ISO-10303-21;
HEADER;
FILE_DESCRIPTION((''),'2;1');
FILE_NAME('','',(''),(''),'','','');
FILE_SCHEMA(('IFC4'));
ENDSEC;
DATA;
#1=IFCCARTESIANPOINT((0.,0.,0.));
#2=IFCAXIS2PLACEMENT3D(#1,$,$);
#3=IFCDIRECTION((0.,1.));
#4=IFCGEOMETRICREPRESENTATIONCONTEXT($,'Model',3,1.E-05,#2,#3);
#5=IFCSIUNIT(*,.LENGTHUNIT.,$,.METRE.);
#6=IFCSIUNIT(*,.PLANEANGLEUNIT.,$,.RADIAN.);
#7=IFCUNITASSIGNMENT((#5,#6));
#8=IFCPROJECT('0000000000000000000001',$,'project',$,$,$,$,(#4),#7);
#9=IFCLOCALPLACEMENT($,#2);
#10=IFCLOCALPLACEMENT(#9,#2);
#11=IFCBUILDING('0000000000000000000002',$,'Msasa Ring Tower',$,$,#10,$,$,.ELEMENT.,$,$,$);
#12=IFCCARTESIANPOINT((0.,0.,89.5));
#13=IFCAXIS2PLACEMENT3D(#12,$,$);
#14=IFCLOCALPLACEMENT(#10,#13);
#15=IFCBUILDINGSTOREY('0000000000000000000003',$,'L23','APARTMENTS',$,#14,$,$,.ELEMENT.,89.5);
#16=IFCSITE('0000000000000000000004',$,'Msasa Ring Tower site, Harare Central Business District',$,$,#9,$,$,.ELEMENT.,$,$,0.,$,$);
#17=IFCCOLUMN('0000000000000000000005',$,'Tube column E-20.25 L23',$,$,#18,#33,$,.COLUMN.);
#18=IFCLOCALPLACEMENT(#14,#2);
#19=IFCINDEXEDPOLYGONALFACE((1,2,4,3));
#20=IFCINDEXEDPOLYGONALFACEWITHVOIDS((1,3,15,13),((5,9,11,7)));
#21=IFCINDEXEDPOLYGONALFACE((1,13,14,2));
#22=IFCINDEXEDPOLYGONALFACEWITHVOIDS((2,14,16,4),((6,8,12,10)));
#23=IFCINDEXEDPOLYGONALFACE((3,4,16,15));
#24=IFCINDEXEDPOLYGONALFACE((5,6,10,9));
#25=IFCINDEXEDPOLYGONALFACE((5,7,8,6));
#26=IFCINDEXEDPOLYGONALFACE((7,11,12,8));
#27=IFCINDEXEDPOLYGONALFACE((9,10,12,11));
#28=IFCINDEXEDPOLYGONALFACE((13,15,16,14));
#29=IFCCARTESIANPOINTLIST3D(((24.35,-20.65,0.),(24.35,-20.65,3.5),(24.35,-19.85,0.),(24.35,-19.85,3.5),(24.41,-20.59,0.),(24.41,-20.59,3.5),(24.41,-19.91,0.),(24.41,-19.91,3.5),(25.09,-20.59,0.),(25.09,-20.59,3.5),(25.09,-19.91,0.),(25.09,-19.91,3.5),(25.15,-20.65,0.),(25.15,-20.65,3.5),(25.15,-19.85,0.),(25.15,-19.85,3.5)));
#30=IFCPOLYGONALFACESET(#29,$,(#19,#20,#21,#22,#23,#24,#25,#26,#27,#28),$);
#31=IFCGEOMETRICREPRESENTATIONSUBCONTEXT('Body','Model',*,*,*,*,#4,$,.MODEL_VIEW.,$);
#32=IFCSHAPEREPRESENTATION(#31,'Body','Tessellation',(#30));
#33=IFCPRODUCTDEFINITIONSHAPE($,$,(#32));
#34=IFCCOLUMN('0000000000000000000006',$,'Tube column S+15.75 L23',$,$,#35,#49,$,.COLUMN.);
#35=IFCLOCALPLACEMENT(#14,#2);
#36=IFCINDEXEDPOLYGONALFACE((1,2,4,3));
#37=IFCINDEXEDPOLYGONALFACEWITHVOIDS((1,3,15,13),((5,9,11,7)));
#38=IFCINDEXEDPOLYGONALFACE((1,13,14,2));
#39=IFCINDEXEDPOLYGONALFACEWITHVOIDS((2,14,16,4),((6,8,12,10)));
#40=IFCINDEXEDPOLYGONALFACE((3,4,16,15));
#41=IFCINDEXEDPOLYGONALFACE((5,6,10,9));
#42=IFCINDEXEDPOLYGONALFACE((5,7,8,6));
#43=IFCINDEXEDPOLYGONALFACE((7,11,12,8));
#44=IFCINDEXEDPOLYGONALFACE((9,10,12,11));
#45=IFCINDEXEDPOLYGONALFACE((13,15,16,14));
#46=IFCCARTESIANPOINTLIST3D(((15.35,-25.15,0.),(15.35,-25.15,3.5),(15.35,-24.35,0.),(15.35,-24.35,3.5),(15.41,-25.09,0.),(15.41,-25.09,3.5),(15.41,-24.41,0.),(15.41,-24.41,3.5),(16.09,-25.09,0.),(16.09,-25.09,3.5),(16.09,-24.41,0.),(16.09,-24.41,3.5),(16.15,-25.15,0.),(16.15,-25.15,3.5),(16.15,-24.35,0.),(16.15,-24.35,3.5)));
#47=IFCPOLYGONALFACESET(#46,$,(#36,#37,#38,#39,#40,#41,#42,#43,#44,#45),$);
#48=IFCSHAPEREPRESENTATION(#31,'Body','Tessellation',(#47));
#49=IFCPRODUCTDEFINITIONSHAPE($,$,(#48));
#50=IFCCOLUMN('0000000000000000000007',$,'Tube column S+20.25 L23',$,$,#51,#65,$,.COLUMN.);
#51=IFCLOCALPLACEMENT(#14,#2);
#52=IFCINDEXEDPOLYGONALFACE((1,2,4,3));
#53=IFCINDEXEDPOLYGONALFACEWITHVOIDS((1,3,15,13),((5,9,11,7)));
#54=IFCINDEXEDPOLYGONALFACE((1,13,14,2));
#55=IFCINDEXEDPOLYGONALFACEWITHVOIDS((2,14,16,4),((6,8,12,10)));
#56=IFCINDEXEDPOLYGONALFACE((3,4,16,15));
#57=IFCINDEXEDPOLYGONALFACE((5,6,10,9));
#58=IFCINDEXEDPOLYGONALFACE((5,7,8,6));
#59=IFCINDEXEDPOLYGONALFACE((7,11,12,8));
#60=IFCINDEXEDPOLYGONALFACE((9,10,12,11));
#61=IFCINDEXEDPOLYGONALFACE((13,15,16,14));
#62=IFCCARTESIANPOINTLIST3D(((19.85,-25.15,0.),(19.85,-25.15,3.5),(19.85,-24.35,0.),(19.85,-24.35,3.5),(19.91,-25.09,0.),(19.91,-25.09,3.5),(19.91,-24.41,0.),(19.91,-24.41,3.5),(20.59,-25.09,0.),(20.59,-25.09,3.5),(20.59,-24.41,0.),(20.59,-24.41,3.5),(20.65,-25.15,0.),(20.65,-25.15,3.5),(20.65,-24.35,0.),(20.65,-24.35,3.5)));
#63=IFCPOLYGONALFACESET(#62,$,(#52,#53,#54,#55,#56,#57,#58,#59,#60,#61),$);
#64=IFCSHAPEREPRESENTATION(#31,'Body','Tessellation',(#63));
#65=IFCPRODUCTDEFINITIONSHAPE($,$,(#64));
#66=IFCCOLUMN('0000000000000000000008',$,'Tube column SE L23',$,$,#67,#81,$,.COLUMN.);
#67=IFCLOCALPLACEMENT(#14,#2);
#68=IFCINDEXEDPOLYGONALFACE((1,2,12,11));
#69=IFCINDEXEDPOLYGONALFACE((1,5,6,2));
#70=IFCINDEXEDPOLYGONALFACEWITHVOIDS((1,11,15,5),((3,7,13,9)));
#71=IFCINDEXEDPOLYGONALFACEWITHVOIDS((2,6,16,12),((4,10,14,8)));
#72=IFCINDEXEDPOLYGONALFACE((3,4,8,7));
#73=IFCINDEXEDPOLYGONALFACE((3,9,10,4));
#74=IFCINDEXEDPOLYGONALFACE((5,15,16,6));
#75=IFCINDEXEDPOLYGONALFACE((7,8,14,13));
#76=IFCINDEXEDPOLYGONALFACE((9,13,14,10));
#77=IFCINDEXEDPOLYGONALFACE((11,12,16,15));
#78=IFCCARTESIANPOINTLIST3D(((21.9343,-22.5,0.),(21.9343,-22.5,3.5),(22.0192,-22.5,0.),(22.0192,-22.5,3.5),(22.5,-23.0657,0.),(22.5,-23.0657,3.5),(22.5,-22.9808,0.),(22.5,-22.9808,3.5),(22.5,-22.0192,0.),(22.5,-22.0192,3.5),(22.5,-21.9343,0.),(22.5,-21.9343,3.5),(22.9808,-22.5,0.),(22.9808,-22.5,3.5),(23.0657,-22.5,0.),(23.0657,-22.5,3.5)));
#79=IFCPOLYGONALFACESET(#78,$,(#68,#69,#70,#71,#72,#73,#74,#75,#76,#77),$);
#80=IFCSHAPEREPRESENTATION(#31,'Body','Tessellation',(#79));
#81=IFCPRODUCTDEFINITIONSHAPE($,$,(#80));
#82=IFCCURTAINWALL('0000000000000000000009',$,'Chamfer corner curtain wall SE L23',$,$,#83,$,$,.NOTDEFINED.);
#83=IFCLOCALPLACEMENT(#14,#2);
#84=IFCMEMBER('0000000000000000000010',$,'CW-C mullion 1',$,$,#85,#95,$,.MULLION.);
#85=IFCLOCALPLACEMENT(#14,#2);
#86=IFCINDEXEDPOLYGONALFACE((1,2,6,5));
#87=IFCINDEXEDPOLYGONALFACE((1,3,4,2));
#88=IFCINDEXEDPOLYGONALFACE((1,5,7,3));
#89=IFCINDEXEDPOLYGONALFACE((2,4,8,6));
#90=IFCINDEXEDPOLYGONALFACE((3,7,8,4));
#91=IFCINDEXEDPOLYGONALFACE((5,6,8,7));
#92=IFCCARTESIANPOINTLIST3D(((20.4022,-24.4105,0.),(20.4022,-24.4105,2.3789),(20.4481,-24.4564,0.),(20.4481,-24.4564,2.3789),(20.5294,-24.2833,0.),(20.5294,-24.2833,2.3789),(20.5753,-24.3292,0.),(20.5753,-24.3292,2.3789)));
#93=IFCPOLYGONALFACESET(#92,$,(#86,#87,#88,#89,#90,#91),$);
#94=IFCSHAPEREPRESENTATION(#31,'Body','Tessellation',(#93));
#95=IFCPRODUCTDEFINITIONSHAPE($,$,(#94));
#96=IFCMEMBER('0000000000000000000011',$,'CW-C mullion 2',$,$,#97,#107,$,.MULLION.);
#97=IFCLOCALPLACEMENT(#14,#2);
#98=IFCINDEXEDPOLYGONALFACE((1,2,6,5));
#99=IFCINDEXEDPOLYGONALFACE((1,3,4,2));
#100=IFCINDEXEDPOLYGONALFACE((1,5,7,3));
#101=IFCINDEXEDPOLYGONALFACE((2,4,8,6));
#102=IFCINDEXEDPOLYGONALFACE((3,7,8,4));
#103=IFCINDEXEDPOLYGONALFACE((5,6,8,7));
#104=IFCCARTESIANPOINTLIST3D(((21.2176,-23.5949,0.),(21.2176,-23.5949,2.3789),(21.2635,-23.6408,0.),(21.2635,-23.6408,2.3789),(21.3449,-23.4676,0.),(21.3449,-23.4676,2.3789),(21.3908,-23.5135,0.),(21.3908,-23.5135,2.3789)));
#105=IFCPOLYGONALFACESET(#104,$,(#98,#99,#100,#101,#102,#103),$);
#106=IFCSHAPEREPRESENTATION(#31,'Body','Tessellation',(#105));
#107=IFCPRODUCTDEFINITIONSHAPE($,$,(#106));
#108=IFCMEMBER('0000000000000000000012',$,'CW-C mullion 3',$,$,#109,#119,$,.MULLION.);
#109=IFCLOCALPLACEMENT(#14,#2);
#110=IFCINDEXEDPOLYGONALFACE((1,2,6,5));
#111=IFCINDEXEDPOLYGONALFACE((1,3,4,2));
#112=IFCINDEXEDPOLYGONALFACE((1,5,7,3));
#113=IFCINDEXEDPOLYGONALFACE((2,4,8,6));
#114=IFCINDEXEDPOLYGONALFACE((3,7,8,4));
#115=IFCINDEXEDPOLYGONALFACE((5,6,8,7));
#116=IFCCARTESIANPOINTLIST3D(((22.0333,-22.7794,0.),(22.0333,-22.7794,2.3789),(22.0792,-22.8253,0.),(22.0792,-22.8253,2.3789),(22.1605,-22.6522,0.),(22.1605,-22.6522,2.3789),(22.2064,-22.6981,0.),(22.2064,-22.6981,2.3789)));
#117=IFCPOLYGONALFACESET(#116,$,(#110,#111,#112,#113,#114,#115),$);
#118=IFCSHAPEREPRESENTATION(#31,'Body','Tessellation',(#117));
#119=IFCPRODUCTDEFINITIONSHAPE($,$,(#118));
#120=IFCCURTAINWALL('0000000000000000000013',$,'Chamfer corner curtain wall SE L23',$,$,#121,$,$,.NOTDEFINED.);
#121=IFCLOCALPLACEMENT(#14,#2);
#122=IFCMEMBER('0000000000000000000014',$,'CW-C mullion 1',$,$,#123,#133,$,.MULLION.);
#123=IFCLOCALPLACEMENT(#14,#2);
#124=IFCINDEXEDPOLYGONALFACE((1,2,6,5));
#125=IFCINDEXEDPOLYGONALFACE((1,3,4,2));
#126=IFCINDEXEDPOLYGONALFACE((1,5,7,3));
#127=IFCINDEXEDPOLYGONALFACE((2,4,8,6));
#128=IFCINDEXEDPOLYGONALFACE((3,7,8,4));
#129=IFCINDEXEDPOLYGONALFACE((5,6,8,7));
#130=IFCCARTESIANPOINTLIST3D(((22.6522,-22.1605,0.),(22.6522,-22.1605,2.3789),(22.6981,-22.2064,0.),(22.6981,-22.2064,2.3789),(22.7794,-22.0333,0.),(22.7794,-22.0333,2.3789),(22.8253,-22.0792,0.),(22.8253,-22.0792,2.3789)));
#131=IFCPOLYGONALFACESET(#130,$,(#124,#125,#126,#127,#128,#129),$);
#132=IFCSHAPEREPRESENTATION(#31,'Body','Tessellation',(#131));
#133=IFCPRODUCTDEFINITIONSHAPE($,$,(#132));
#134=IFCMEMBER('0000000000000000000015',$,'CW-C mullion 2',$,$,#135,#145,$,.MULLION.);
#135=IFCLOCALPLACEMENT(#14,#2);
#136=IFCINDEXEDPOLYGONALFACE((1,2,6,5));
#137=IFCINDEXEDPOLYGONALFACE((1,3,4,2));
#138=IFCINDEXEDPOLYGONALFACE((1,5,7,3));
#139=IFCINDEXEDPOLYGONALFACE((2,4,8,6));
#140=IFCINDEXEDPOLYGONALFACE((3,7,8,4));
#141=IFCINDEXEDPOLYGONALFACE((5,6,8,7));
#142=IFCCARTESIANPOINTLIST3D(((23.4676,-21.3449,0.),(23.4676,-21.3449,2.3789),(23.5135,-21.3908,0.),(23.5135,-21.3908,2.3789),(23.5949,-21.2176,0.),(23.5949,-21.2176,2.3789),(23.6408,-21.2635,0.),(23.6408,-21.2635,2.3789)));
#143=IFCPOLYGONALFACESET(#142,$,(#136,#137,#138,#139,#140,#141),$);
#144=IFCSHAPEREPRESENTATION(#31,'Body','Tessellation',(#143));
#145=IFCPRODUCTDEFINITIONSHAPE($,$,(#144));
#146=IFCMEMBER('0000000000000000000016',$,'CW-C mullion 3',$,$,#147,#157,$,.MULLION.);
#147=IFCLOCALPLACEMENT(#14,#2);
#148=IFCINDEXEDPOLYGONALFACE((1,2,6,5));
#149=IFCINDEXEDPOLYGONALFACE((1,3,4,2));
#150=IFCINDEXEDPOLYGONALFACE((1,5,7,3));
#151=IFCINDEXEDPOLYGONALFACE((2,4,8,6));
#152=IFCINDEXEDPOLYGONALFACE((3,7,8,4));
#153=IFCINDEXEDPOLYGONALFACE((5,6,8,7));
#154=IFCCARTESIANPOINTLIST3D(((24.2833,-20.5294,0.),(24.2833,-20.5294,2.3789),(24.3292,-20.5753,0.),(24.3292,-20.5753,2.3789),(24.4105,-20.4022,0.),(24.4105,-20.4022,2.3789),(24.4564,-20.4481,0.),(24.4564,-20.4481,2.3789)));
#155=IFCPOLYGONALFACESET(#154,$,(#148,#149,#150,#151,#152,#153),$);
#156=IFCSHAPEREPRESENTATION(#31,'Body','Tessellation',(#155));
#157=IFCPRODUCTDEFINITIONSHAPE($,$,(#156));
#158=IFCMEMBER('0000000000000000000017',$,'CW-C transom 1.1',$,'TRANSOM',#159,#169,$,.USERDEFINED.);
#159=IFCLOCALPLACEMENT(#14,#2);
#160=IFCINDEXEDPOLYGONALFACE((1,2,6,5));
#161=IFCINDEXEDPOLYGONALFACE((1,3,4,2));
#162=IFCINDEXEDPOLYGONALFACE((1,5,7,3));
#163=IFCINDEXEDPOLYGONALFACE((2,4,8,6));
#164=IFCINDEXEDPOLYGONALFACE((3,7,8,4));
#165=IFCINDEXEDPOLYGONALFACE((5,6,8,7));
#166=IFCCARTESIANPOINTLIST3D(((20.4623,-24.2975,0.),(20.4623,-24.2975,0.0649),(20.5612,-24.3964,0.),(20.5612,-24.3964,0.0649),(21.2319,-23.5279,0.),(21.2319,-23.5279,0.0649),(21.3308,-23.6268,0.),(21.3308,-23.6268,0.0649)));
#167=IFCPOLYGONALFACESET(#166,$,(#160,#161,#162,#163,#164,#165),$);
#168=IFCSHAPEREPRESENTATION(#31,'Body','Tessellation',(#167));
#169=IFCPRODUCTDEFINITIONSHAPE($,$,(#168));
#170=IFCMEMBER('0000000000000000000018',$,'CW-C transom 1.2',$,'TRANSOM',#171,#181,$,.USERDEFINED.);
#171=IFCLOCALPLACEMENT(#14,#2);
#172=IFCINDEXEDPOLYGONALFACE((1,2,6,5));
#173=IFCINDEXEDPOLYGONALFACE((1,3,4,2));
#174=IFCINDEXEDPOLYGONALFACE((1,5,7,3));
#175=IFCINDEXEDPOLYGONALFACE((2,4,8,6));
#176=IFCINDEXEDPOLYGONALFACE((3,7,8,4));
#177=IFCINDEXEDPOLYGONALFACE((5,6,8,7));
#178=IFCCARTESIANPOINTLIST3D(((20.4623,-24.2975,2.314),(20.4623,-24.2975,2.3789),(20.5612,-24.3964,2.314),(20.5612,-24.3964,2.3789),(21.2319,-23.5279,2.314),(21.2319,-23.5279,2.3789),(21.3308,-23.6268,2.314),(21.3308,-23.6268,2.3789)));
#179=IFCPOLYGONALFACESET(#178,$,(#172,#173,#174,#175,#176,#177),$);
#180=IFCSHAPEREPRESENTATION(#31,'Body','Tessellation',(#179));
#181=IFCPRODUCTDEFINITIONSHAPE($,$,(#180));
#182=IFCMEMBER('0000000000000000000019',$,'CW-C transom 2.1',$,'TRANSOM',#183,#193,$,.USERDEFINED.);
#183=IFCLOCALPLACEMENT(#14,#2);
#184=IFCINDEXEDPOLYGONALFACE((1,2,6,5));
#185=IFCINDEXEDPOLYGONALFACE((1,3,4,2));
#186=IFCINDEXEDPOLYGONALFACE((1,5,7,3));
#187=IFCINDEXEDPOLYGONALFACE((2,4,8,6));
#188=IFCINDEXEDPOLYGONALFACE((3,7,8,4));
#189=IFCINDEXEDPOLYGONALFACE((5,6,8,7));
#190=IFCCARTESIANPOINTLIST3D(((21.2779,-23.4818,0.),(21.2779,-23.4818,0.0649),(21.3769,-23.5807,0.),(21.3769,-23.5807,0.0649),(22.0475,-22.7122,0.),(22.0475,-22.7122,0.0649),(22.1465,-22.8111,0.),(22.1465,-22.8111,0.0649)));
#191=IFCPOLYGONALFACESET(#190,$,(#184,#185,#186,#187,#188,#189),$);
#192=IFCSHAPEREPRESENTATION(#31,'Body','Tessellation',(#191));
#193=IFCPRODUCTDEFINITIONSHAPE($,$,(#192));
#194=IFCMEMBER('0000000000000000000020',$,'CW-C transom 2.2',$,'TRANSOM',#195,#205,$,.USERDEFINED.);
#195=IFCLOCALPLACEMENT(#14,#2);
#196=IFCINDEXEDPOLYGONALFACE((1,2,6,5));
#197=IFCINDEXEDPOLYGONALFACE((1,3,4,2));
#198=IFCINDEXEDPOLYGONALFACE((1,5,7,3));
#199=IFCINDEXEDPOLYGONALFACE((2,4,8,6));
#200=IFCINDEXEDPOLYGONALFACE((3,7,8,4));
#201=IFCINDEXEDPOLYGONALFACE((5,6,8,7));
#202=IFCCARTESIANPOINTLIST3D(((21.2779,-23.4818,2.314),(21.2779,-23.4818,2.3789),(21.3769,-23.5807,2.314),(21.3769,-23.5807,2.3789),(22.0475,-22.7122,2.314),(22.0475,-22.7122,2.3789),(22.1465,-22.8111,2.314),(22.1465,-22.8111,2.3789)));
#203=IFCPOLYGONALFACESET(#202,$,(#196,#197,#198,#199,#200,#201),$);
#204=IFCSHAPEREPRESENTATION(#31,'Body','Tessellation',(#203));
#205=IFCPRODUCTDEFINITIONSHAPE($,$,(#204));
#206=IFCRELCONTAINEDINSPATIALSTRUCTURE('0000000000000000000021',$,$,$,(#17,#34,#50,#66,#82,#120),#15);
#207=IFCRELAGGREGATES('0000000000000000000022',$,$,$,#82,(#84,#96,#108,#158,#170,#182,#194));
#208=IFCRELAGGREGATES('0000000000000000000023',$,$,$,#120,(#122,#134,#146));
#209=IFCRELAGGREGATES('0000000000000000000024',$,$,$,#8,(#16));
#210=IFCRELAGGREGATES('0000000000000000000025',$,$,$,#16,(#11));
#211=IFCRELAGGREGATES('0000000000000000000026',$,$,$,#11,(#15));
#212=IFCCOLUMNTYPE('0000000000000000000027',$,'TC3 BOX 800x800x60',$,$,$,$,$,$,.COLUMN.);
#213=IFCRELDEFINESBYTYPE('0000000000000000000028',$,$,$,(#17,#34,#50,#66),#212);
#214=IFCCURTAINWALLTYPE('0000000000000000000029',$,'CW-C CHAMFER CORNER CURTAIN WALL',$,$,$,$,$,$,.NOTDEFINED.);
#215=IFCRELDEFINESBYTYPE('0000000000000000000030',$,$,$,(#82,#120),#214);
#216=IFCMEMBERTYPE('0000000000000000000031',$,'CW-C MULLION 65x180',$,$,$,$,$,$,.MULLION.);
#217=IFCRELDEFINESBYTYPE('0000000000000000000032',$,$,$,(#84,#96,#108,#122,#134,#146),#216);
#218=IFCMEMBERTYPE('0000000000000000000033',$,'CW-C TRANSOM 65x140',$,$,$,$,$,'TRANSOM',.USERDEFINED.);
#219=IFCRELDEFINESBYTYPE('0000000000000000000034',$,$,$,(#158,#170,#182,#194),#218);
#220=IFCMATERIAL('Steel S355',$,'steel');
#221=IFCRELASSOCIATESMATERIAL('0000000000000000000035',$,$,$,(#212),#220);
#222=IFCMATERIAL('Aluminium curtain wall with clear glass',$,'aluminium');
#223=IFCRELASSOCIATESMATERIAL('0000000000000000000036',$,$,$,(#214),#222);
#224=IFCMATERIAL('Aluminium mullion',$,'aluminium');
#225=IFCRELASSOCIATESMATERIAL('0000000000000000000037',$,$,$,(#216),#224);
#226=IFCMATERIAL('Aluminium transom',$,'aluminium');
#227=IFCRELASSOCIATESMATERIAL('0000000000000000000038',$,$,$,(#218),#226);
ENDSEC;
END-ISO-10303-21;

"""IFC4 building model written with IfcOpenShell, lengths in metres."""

from ifc_helpers import new_model, si_unit, direction, frame, origin, origin_2d, place, context, subcontext, project, spatial, rectangle, hollow_rectangle, extrude, material, material_profile, profile_set, type_object, element, aggregate, save


model = new_model("IFC4")

# Units and contexts
model_context = context("Model", 3, precision=1e-05, world=origin(), true_north=direction((0.0, 1.0)))
body_context = subcontext(model_context, "Body", "Model", "MODEL_VIEW")
ifc_project = project(units=[si_unit("LENGTHUNIT", "METRE"), si_unit("PLANEANGLEUNIT", "RADIAN")], contexts=[model_context])

# Site, building, storey
site_placement = place(None, origin())
site = spatial("IfcSite", under=ifc_project, at=site_placement, Name="Msasa Ring Tower site, Harare Central Business District", CompositionType="ELEMENT", RefElevation=0.0)
building_placement = place(site_placement, origin())
building = spatial("IfcBuilding", under=site, at=building_placement, Name="Msasa Ring Tower", CompositionType="ELEMENT")
storey_placement = place(building_placement, frame((0.0, 0.0, 89.5)))
storey = spatial("IfcBuildingStorey", under=building, at=storey_placement, Name="L23", Description="APARTMENTS", CompositionType="ELEMENT", Elevation=89.5)

# Columns
ifc_material_1 = material(Name="Steel S355", Category="steel")
ifc_material_profile_1 = material_profile(ifc_material_1, hollow_rectangle(XDim=0.8, YDim=0.8, WallThickness=0.0601, at=origin_2d()), Name="BOX 800x800x60")
ifc_profile_set_1 = profile_set([ifc_material_profile_1], Name="Steel S355")
column_type = type_object("IfcColumnType", Name="TC3 BOX 800x800x60", PredefinedType="COLUMN", material=ifc_profile_set_1)
for number, where, z_axis, x_axis, name in (
    (1, (24.75, -20.25, 0.0), (0.0, 0.0, 1.0), (1.0, 0.0, 0.0), "Tube column E-20.25 L23"),
    (2, (15.75, -24.75, 0.0), (0.0, 0.0, 1.0), (0.0, 1.0, 0.0), "Tube column S+15.75 L23"),
    (3, (20.25, -24.75, 0.0), (0.0, 0.0, 1.0), (0.0, 1.0, 0.0), "Tube column S+20.25 L23"),
    (4, (22.5, -22.5, 0.0), (0.0, 0.0, 1.0), (0.707107, -0.707107, 0.0), "Tube column SE L23"),
):
    element("IfcColumn", number, at=place(storey_placement, frame(where, z_axis=z_axis, x_axis=x_axis)), inside=storey, type_object=column_type, Name=name, PredefinedType="COLUMN", context=body_context, shape_type="SweptSolid", body=[
        extrude(hollow_rectangle(XDim=0.8, YDim=0.8, WallThickness=0.0601, at=origin_2d()), origin(), (0.0, 0.0, 1.0), 3.5),
    ])

# Curtain walls, members
ifc_material_2 = material(Name="Aluminium curtain wall with clear glass", Category="aluminium")
curtain_wall_type = type_object("IfcCurtainWallType", Name="CW-C CHAMFER CORNER CURTAIN WALL", PredefinedType="NOTDEFINED", material=ifc_material_2)
curtain_wall_1_placement = place(storey_placement, origin())
curtain_wall_1 = element("IfcCurtainWall", 5, at=curtain_wall_1_placement, inside=storey, type_object=curtain_wall_type, Name="Chamfer corner curtain wall SE L23", PredefinedType="NOTDEFINED")
ifc_material_3 = material(Name="Aluminium mullion", Category="aluminium")
ifc_material_profile_2 = material_profile(ifc_material_3, rectangle(XDim=0.0649, YDim=0.1799, at=origin_2d()), Name="AL 65x180")
ifc_profile_set_2 = profile_set([ifc_material_profile_2], Name="Aluminium mullion")
member_type_1 = type_object("IfcMemberType", Name="CW-C MULLION 65x180", PredefinedType="MULLION", material=ifc_profile_set_2)
member_1_placement = place(storey_placement, frame((20.4888, -24.3699, 0.0), z_axis=(0.0, 0.0, 1.0), x_axis=(-0.707107, 0.707107, 0.0)))
member_1 = element("IfcMember", 6, at=member_1_placement, type_object=member_type_1, Name="CW-C mullion 1", PredefinedType="MULLION", context=body_context, shape_type="SweptSolid", body=[
    extrude(rectangle(XDim=0.0649, YDim=0.1799, at=origin_2d()), origin(), (0.0, 0.0, 1.0), 2.3789),
])
member_2_placement = place(storey_placement, frame((21.3042, -23.5542, 0.0), z_axis=(0.0, 0.0, 1.0), x_axis=(-0.707107, 0.707107, 0.0)))
member_2 = element("IfcMember", 7, at=member_2_placement, type_object=member_type_1, Name="CW-C mullion 2", PredefinedType="MULLION", context=body_context, shape_type="SweptSolid", body=[
    extrude(rectangle(XDim=0.0649, YDim=0.1799, at=origin_2d()), origin(), (0.0, 0.0, 1.0), 2.3789),
])
member_3_placement = place(storey_placement, frame((22.1199, -22.7388, 0.0), z_axis=(0.0, 0.0, 1.0), x_axis=(-0.707107, 0.707107, 0.0)))
member_3 = element("IfcMember", 8, at=member_3_placement, type_object=member_type_1, Name="CW-C mullion 3", PredefinedType="MULLION", context=body_context, shape_type="SweptSolid", body=[
    extrude(rectangle(XDim=0.0649, YDim=0.1799, at=origin_2d()), origin(), (0.0, 0.0, 1.0), 2.3789),
])
curtain_wall_2_placement = place(storey_placement, origin())
curtain_wall_2 = element("IfcCurtainWall", 9, at=curtain_wall_2_placement, inside=storey, type_object=curtain_wall_type, Name="Chamfer corner curtain wall SE L23", PredefinedType="NOTDEFINED")
member_4_placement = place(storey_placement, frame((22.7388, -22.1199, 0.0), z_axis=(0.0, 0.0, 1.0), x_axis=(-0.707107, 0.707107, 0.0)))
member_4 = element("IfcMember", 10, at=member_4_placement, type_object=member_type_1, Name="CW-C mullion 1", PredefinedType="MULLION", context=body_context, shape_type="SweptSolid", body=[
    extrude(rectangle(XDim=0.0649, YDim=0.1799, at=origin_2d()), origin(), (0.0, 0.0, 1.0), 2.3789),
])
member_5_placement = place(storey_placement, frame((23.5542, -21.3042, 0.0), z_axis=(0.0, 0.0, 1.0), x_axis=(-0.707107, 0.707107, 0.0)))
member_5 = element("IfcMember", 11, at=member_5_placement, type_object=member_type_1, Name="CW-C mullion 2", PredefinedType="MULLION", context=body_context, shape_type="SweptSolid", body=[
    extrude(rectangle(XDim=0.0649, YDim=0.1799, at=origin_2d()), origin(), (0.0, 0.0, 1.0), 2.3789),
])
member_6_placement = place(storey_placement, frame((24.3699, -20.4888, 0.0), z_axis=(0.0, 0.0, 1.0), x_axis=(-0.707107, 0.707107, 0.0)))
member_6 = element("IfcMember", 12, at=member_6_placement, type_object=member_type_1, Name="CW-C mullion 3", PredefinedType="MULLION", context=body_context, shape_type="SweptSolid", body=[
    extrude(rectangle(XDim=0.0649, YDim=0.1799, at=origin_2d()), origin(), (0.0, 0.0, 1.0), 2.3789),
])

# Members
ifc_material_4 = material(Name="Aluminium transom", Category="aluminium")
ifc_material_profile_3 = material_profile(ifc_material_4, rectangle(XDim=0.1399, YDim=0.0649, at=origin_2d()), Name="AL 65x140")
ifc_profile_set_3 = profile_set([ifc_material_profile_3], Name="Aluminium transom")
member_type_2 = type_object("IfcMemberType", Name="CW-C TRANSOM 65x140", ElementType="TRANSOM", PredefinedType="USERDEFINED", material=ifc_profile_set_3)
member_7_placement = place(storey_placement, frame((20.5117, -24.3469, 0.0325), z_axis=(0.707107, 0.707107, 0.0), x_axis=(-0.707107, 0.707107, 0.0)))
member_7 = element("IfcMember", 13, at=member_7_placement, type_object=member_type_2, Name="CW-C transom 1.1", ObjectType="TRANSOM", PredefinedType="USERDEFINED", context=body_context, shape_type="SweptSolid", body=[
    extrude(rectangle(XDim=0.1399, YDim=0.0649, at=origin_2d()), origin(), (0.0, 0.0, 1.0), 1.0884),
])
member_8_placement = place(storey_placement, frame((20.5117, -24.3469, 2.3464), z_axis=(0.707107, 0.707107, 0.0), x_axis=(-0.707107, 0.707107, 0.0)))
member_8 = element("IfcMember", 14, at=member_8_placement, type_object=member_type_2, Name="CW-C transom 1.2", ObjectType="TRANSOM", PredefinedType="USERDEFINED", context=body_context, shape_type="SweptSolid", body=[
    extrude(rectangle(XDim=0.1399, YDim=0.0649, at=origin_2d()), origin(), (0.0, 0.0, 1.0), 1.0884),
])
member_9_placement = place(storey_placement, frame((21.3274, -23.5312, 0.0325), z_axis=(0.707107, 0.707107, 0.0), x_axis=(-0.707107, 0.707107, 0.0)))
member_9 = element("IfcMember", 15, at=member_9_placement, type_object=member_type_2, Name="CW-C transom 2.1", ObjectType="TRANSOM", PredefinedType="USERDEFINED", context=body_context, shape_type="SweptSolid", body=[
    extrude(rectangle(XDim=0.1399, YDim=0.0649, at=origin_2d()), origin(), (0.0, 0.0, 1.0), 1.0884),
])
member_10_placement = place(storey_placement, frame((21.3274, -23.5312, 2.3464), z_axis=(0.707107, 0.707107, 0.0), x_axis=(-0.707107, 0.707107, 0.0)))
member_10 = element("IfcMember", 16, at=member_10_placement, type_object=member_type_2, Name="CW-C transom 2.2", ObjectType="TRANSOM", PredefinedType="USERDEFINED", context=body_context, shape_type="SweptSolid", body=[
    extrude(rectangle(XDim=0.1399, YDim=0.0649, at=origin_2d()), origin(), (0.0, 0.0, 1.0), 1.0884),
])

aggregate(curtain_wall_1, [member_1, member_2, member_3, member_7, member_8, member_9, member_10])
aggregate(curtain_wall_2, [member_4, member_5, member_6])

save(model, "model.ifc")
